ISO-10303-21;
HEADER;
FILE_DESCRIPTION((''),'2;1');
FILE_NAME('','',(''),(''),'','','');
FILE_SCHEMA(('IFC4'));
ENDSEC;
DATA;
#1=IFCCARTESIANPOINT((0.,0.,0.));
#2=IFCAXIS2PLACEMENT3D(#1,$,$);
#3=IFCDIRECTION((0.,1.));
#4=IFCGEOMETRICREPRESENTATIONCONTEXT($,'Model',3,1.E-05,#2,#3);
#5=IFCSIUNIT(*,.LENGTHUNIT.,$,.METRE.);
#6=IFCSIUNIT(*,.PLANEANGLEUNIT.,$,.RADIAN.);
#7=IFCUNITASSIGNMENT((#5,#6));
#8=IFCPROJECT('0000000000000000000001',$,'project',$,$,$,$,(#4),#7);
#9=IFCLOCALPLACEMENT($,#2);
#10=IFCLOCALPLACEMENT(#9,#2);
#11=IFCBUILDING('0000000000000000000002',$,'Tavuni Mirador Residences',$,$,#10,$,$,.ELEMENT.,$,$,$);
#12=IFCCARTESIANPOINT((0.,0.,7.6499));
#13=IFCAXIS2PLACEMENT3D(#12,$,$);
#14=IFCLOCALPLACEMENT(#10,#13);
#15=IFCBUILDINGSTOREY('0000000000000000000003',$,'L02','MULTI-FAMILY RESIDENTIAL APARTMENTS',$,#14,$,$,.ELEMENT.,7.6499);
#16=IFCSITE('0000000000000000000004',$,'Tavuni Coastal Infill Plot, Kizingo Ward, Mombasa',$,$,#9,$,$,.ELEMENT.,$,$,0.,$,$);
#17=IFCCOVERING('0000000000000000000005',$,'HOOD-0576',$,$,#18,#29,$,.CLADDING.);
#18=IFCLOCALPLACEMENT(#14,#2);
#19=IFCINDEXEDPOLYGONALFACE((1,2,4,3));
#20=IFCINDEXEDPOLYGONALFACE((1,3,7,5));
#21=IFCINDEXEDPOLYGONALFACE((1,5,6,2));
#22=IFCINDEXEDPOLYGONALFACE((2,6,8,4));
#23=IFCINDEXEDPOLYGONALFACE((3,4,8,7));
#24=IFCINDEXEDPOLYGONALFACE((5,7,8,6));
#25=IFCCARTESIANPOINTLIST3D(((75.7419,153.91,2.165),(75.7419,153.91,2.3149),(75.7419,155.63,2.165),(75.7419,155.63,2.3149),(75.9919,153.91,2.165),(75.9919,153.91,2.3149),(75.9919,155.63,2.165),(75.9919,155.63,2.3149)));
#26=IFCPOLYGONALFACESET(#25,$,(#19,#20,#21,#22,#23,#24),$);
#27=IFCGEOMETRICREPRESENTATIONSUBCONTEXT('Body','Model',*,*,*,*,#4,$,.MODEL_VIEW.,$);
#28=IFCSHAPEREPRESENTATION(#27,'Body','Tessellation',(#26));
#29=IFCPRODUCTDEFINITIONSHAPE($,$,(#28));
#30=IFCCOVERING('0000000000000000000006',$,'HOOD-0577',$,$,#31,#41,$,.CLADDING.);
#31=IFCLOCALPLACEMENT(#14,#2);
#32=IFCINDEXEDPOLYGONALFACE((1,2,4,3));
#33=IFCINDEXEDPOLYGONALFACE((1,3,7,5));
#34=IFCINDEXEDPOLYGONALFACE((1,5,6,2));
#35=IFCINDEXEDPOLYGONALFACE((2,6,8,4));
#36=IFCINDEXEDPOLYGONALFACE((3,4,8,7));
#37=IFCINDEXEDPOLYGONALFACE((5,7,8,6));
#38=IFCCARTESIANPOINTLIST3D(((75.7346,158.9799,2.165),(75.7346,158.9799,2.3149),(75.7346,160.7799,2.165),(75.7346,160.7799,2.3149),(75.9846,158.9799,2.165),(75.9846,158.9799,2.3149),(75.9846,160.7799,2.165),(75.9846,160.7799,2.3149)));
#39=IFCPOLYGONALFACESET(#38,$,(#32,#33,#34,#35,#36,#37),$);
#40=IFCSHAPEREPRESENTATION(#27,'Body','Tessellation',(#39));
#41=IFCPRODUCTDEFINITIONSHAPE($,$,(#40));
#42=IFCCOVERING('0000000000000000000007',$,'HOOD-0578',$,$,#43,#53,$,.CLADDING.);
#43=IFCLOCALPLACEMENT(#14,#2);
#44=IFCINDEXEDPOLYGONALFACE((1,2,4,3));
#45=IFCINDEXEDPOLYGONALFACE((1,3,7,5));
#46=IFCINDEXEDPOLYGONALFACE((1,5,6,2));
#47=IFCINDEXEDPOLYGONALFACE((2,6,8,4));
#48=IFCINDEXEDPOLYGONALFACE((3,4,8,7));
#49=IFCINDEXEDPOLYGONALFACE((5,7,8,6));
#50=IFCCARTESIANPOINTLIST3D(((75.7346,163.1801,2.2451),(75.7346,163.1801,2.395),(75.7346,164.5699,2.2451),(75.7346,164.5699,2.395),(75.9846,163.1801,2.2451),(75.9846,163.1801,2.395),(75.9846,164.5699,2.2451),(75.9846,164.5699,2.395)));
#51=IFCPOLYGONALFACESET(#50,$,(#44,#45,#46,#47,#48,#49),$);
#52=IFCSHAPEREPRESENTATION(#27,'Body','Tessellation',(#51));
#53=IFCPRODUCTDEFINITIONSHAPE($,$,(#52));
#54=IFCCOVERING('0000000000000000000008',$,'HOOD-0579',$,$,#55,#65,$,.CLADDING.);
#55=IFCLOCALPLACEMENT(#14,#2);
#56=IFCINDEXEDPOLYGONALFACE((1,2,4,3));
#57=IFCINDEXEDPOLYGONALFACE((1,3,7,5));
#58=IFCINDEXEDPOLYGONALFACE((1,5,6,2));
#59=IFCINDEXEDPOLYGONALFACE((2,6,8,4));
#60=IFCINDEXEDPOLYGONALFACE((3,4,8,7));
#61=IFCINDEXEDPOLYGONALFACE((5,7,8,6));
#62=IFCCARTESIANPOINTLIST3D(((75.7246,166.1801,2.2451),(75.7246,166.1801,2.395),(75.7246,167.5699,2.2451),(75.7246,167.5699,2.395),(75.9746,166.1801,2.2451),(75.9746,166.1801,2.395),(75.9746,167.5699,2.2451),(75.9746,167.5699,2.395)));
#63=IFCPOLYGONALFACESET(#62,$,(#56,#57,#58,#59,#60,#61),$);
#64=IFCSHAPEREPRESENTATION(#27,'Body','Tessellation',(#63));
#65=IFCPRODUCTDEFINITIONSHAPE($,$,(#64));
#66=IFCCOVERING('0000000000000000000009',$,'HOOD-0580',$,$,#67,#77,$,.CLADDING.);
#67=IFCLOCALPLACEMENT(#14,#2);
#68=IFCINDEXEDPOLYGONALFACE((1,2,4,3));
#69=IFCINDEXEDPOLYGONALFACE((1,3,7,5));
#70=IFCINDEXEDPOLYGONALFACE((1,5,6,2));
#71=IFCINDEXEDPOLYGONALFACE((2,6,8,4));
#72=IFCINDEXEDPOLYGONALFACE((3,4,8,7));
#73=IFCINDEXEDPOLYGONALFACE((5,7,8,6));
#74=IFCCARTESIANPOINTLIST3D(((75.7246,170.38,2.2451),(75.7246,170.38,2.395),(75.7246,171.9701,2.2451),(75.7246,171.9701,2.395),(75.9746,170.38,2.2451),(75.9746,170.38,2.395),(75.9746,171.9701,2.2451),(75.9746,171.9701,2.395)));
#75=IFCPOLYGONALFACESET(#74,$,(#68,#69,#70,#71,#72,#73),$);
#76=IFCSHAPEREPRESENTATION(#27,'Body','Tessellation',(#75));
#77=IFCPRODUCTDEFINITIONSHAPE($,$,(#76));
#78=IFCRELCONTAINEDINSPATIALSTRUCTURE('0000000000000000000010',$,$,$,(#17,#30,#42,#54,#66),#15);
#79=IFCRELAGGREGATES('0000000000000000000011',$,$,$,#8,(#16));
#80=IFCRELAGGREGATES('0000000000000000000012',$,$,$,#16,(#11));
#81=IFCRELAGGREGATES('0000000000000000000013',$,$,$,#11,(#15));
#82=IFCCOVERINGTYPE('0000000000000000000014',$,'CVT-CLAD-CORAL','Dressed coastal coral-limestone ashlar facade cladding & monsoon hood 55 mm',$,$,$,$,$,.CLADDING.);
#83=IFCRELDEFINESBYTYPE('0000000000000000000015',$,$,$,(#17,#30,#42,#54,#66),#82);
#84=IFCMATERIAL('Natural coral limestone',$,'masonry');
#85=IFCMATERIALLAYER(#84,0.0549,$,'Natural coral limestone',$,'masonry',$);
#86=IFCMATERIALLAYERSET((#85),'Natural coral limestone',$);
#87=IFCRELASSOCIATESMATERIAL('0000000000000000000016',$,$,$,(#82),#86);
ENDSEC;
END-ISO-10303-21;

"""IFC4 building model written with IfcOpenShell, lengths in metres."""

from ifc_helpers import new_model, si_unit, direction, frame, origin, origin_2d, place, context, subcontext, project, spatial, rectangle, extrude, material, layer, layer_set, type_object, element, save


model = new_model("IFC4")

# Units and contexts
model_context = context("Model", 3, precision=1e-05, world=origin(), true_north=direction((0.0, 1.0)))
body_context = subcontext(model_context, "Body", "Model", "MODEL_VIEW")
ifc_project = project(units=[si_unit("LENGTHUNIT", "METRE"), si_unit("PLANEANGLEUNIT", "RADIAN")], contexts=[model_context])

# Site, building, storey
site_placement = place(None, origin())
site = spatial("IfcSite", under=ifc_project, at=site_placement, Name="Tavuni Coastal Infill Plot, Kizingo Ward, Mombasa", CompositionType="ELEMENT", RefElevation=0.0)
building_placement = place(site_placement, origin())
building = spatial("IfcBuilding", under=site, at=building_placement, Name="Tavuni Mirador Residences", CompositionType="ELEMENT")
storey_placement = place(building_placement, frame((0.0, 0.0, 7.6499)))
storey = spatial("IfcBuildingStorey", under=building, at=storey_placement, Name="L02", Description="MULTI-FAMILY RESIDENTIAL APARTMENTS", CompositionType="ELEMENT", Elevation=7.6499)

# Coverings
ifc_material_1 = material(Name="Natural coral limestone", Category="masonry")
ifc_layer_1 = layer(ifc_material_1, 0.0549, Name="Natural coral limestone", Category="masonry")
ifc_layer_set_1 = layer_set([ifc_layer_1], Name="Natural coral limestone")
covering_type = type_object("IfcCoveringType", Name="CVT-CLAD-CORAL", Description="Dressed coastal coral-limestone ashlar facade cladding & monsoon hood 55 mm", PredefinedType="CLADDING", material=ifc_layer_set_1)
covering_1_placement = place(storey_placement, frame((75.8669, 154.77, 2.165), z_axis=(0.0, 0.0, 1.0), x_axis=(0.0, 1.0, 0.0)))
element("IfcCovering", 1, at=covering_1_placement, inside=storey, type_object=covering_type, Name="HOOD-0576", PredefinedType="CLADDING", context=body_context, shape_type="SweptSolid", body=[
    extrude(rectangle(XDim=1.72, YDim=0.25, at=origin_2d()), origin(), (0.0, 0.0, 1.0), 0.1499),
])
covering_2_placement = place(storey_placement, frame((75.8596, 159.8799, 2.165), z_axis=(0.0, 0.0, 1.0), x_axis=(0.0, 1.0, 0.0)))
element("IfcCovering", 2, at=covering_2_placement, inside=storey, type_object=covering_type, Name="HOOD-0577", PredefinedType="CLADDING", context=body_context, shape_type="SweptSolid", body=[
    extrude(rectangle(XDim=1.8, YDim=0.25, at=origin_2d()), origin(), (0.0, 0.0, 1.0), 0.1499),
])
for number, where, z_axis, x_axis, name in (
    (3, (75.8596, 163.875, 2.2451), (0.0, 0.0, 1.0), (0.0, 1.0, 0.0), "HOOD-0578"),
    (4, (75.8496, 166.875, 2.2451), (0.0, 0.0, 1.0), (0.0, 1.0, 0.0), "HOOD-0579"),
):
    element("IfcCovering", number, at=place(storey_placement, frame(where, z_axis=z_axis, x_axis=x_axis)), inside=storey, type_object=covering_type, Name=name, PredefinedType="CLADDING", context=body_context, shape_type="SweptSolid", body=[
        extrude(rectangle(XDim=1.3899, YDim=0.25, at=origin_2d()), origin(), (0.0, 0.0, 1.0), 0.1499),
    ])
covering_3_placement = place(storey_placement, frame((75.8496, 171.175, 2.2451), z_axis=(0.0, 0.0, 1.0), x_axis=(0.0, 1.0, 0.0)))
element("IfcCovering", 5, at=covering_3_placement, inside=storey, type_object=covering_type, Name="HOOD-0580", PredefinedType="CLADDING", context=body_context, shape_type="SweptSolid", body=[
    extrude(rectangle(XDim=1.5901, YDim=0.25, at=origin_2d()), origin(), (0.0, 0.0, 1.0), 0.1499),
])

save(model, "model.ifc")
